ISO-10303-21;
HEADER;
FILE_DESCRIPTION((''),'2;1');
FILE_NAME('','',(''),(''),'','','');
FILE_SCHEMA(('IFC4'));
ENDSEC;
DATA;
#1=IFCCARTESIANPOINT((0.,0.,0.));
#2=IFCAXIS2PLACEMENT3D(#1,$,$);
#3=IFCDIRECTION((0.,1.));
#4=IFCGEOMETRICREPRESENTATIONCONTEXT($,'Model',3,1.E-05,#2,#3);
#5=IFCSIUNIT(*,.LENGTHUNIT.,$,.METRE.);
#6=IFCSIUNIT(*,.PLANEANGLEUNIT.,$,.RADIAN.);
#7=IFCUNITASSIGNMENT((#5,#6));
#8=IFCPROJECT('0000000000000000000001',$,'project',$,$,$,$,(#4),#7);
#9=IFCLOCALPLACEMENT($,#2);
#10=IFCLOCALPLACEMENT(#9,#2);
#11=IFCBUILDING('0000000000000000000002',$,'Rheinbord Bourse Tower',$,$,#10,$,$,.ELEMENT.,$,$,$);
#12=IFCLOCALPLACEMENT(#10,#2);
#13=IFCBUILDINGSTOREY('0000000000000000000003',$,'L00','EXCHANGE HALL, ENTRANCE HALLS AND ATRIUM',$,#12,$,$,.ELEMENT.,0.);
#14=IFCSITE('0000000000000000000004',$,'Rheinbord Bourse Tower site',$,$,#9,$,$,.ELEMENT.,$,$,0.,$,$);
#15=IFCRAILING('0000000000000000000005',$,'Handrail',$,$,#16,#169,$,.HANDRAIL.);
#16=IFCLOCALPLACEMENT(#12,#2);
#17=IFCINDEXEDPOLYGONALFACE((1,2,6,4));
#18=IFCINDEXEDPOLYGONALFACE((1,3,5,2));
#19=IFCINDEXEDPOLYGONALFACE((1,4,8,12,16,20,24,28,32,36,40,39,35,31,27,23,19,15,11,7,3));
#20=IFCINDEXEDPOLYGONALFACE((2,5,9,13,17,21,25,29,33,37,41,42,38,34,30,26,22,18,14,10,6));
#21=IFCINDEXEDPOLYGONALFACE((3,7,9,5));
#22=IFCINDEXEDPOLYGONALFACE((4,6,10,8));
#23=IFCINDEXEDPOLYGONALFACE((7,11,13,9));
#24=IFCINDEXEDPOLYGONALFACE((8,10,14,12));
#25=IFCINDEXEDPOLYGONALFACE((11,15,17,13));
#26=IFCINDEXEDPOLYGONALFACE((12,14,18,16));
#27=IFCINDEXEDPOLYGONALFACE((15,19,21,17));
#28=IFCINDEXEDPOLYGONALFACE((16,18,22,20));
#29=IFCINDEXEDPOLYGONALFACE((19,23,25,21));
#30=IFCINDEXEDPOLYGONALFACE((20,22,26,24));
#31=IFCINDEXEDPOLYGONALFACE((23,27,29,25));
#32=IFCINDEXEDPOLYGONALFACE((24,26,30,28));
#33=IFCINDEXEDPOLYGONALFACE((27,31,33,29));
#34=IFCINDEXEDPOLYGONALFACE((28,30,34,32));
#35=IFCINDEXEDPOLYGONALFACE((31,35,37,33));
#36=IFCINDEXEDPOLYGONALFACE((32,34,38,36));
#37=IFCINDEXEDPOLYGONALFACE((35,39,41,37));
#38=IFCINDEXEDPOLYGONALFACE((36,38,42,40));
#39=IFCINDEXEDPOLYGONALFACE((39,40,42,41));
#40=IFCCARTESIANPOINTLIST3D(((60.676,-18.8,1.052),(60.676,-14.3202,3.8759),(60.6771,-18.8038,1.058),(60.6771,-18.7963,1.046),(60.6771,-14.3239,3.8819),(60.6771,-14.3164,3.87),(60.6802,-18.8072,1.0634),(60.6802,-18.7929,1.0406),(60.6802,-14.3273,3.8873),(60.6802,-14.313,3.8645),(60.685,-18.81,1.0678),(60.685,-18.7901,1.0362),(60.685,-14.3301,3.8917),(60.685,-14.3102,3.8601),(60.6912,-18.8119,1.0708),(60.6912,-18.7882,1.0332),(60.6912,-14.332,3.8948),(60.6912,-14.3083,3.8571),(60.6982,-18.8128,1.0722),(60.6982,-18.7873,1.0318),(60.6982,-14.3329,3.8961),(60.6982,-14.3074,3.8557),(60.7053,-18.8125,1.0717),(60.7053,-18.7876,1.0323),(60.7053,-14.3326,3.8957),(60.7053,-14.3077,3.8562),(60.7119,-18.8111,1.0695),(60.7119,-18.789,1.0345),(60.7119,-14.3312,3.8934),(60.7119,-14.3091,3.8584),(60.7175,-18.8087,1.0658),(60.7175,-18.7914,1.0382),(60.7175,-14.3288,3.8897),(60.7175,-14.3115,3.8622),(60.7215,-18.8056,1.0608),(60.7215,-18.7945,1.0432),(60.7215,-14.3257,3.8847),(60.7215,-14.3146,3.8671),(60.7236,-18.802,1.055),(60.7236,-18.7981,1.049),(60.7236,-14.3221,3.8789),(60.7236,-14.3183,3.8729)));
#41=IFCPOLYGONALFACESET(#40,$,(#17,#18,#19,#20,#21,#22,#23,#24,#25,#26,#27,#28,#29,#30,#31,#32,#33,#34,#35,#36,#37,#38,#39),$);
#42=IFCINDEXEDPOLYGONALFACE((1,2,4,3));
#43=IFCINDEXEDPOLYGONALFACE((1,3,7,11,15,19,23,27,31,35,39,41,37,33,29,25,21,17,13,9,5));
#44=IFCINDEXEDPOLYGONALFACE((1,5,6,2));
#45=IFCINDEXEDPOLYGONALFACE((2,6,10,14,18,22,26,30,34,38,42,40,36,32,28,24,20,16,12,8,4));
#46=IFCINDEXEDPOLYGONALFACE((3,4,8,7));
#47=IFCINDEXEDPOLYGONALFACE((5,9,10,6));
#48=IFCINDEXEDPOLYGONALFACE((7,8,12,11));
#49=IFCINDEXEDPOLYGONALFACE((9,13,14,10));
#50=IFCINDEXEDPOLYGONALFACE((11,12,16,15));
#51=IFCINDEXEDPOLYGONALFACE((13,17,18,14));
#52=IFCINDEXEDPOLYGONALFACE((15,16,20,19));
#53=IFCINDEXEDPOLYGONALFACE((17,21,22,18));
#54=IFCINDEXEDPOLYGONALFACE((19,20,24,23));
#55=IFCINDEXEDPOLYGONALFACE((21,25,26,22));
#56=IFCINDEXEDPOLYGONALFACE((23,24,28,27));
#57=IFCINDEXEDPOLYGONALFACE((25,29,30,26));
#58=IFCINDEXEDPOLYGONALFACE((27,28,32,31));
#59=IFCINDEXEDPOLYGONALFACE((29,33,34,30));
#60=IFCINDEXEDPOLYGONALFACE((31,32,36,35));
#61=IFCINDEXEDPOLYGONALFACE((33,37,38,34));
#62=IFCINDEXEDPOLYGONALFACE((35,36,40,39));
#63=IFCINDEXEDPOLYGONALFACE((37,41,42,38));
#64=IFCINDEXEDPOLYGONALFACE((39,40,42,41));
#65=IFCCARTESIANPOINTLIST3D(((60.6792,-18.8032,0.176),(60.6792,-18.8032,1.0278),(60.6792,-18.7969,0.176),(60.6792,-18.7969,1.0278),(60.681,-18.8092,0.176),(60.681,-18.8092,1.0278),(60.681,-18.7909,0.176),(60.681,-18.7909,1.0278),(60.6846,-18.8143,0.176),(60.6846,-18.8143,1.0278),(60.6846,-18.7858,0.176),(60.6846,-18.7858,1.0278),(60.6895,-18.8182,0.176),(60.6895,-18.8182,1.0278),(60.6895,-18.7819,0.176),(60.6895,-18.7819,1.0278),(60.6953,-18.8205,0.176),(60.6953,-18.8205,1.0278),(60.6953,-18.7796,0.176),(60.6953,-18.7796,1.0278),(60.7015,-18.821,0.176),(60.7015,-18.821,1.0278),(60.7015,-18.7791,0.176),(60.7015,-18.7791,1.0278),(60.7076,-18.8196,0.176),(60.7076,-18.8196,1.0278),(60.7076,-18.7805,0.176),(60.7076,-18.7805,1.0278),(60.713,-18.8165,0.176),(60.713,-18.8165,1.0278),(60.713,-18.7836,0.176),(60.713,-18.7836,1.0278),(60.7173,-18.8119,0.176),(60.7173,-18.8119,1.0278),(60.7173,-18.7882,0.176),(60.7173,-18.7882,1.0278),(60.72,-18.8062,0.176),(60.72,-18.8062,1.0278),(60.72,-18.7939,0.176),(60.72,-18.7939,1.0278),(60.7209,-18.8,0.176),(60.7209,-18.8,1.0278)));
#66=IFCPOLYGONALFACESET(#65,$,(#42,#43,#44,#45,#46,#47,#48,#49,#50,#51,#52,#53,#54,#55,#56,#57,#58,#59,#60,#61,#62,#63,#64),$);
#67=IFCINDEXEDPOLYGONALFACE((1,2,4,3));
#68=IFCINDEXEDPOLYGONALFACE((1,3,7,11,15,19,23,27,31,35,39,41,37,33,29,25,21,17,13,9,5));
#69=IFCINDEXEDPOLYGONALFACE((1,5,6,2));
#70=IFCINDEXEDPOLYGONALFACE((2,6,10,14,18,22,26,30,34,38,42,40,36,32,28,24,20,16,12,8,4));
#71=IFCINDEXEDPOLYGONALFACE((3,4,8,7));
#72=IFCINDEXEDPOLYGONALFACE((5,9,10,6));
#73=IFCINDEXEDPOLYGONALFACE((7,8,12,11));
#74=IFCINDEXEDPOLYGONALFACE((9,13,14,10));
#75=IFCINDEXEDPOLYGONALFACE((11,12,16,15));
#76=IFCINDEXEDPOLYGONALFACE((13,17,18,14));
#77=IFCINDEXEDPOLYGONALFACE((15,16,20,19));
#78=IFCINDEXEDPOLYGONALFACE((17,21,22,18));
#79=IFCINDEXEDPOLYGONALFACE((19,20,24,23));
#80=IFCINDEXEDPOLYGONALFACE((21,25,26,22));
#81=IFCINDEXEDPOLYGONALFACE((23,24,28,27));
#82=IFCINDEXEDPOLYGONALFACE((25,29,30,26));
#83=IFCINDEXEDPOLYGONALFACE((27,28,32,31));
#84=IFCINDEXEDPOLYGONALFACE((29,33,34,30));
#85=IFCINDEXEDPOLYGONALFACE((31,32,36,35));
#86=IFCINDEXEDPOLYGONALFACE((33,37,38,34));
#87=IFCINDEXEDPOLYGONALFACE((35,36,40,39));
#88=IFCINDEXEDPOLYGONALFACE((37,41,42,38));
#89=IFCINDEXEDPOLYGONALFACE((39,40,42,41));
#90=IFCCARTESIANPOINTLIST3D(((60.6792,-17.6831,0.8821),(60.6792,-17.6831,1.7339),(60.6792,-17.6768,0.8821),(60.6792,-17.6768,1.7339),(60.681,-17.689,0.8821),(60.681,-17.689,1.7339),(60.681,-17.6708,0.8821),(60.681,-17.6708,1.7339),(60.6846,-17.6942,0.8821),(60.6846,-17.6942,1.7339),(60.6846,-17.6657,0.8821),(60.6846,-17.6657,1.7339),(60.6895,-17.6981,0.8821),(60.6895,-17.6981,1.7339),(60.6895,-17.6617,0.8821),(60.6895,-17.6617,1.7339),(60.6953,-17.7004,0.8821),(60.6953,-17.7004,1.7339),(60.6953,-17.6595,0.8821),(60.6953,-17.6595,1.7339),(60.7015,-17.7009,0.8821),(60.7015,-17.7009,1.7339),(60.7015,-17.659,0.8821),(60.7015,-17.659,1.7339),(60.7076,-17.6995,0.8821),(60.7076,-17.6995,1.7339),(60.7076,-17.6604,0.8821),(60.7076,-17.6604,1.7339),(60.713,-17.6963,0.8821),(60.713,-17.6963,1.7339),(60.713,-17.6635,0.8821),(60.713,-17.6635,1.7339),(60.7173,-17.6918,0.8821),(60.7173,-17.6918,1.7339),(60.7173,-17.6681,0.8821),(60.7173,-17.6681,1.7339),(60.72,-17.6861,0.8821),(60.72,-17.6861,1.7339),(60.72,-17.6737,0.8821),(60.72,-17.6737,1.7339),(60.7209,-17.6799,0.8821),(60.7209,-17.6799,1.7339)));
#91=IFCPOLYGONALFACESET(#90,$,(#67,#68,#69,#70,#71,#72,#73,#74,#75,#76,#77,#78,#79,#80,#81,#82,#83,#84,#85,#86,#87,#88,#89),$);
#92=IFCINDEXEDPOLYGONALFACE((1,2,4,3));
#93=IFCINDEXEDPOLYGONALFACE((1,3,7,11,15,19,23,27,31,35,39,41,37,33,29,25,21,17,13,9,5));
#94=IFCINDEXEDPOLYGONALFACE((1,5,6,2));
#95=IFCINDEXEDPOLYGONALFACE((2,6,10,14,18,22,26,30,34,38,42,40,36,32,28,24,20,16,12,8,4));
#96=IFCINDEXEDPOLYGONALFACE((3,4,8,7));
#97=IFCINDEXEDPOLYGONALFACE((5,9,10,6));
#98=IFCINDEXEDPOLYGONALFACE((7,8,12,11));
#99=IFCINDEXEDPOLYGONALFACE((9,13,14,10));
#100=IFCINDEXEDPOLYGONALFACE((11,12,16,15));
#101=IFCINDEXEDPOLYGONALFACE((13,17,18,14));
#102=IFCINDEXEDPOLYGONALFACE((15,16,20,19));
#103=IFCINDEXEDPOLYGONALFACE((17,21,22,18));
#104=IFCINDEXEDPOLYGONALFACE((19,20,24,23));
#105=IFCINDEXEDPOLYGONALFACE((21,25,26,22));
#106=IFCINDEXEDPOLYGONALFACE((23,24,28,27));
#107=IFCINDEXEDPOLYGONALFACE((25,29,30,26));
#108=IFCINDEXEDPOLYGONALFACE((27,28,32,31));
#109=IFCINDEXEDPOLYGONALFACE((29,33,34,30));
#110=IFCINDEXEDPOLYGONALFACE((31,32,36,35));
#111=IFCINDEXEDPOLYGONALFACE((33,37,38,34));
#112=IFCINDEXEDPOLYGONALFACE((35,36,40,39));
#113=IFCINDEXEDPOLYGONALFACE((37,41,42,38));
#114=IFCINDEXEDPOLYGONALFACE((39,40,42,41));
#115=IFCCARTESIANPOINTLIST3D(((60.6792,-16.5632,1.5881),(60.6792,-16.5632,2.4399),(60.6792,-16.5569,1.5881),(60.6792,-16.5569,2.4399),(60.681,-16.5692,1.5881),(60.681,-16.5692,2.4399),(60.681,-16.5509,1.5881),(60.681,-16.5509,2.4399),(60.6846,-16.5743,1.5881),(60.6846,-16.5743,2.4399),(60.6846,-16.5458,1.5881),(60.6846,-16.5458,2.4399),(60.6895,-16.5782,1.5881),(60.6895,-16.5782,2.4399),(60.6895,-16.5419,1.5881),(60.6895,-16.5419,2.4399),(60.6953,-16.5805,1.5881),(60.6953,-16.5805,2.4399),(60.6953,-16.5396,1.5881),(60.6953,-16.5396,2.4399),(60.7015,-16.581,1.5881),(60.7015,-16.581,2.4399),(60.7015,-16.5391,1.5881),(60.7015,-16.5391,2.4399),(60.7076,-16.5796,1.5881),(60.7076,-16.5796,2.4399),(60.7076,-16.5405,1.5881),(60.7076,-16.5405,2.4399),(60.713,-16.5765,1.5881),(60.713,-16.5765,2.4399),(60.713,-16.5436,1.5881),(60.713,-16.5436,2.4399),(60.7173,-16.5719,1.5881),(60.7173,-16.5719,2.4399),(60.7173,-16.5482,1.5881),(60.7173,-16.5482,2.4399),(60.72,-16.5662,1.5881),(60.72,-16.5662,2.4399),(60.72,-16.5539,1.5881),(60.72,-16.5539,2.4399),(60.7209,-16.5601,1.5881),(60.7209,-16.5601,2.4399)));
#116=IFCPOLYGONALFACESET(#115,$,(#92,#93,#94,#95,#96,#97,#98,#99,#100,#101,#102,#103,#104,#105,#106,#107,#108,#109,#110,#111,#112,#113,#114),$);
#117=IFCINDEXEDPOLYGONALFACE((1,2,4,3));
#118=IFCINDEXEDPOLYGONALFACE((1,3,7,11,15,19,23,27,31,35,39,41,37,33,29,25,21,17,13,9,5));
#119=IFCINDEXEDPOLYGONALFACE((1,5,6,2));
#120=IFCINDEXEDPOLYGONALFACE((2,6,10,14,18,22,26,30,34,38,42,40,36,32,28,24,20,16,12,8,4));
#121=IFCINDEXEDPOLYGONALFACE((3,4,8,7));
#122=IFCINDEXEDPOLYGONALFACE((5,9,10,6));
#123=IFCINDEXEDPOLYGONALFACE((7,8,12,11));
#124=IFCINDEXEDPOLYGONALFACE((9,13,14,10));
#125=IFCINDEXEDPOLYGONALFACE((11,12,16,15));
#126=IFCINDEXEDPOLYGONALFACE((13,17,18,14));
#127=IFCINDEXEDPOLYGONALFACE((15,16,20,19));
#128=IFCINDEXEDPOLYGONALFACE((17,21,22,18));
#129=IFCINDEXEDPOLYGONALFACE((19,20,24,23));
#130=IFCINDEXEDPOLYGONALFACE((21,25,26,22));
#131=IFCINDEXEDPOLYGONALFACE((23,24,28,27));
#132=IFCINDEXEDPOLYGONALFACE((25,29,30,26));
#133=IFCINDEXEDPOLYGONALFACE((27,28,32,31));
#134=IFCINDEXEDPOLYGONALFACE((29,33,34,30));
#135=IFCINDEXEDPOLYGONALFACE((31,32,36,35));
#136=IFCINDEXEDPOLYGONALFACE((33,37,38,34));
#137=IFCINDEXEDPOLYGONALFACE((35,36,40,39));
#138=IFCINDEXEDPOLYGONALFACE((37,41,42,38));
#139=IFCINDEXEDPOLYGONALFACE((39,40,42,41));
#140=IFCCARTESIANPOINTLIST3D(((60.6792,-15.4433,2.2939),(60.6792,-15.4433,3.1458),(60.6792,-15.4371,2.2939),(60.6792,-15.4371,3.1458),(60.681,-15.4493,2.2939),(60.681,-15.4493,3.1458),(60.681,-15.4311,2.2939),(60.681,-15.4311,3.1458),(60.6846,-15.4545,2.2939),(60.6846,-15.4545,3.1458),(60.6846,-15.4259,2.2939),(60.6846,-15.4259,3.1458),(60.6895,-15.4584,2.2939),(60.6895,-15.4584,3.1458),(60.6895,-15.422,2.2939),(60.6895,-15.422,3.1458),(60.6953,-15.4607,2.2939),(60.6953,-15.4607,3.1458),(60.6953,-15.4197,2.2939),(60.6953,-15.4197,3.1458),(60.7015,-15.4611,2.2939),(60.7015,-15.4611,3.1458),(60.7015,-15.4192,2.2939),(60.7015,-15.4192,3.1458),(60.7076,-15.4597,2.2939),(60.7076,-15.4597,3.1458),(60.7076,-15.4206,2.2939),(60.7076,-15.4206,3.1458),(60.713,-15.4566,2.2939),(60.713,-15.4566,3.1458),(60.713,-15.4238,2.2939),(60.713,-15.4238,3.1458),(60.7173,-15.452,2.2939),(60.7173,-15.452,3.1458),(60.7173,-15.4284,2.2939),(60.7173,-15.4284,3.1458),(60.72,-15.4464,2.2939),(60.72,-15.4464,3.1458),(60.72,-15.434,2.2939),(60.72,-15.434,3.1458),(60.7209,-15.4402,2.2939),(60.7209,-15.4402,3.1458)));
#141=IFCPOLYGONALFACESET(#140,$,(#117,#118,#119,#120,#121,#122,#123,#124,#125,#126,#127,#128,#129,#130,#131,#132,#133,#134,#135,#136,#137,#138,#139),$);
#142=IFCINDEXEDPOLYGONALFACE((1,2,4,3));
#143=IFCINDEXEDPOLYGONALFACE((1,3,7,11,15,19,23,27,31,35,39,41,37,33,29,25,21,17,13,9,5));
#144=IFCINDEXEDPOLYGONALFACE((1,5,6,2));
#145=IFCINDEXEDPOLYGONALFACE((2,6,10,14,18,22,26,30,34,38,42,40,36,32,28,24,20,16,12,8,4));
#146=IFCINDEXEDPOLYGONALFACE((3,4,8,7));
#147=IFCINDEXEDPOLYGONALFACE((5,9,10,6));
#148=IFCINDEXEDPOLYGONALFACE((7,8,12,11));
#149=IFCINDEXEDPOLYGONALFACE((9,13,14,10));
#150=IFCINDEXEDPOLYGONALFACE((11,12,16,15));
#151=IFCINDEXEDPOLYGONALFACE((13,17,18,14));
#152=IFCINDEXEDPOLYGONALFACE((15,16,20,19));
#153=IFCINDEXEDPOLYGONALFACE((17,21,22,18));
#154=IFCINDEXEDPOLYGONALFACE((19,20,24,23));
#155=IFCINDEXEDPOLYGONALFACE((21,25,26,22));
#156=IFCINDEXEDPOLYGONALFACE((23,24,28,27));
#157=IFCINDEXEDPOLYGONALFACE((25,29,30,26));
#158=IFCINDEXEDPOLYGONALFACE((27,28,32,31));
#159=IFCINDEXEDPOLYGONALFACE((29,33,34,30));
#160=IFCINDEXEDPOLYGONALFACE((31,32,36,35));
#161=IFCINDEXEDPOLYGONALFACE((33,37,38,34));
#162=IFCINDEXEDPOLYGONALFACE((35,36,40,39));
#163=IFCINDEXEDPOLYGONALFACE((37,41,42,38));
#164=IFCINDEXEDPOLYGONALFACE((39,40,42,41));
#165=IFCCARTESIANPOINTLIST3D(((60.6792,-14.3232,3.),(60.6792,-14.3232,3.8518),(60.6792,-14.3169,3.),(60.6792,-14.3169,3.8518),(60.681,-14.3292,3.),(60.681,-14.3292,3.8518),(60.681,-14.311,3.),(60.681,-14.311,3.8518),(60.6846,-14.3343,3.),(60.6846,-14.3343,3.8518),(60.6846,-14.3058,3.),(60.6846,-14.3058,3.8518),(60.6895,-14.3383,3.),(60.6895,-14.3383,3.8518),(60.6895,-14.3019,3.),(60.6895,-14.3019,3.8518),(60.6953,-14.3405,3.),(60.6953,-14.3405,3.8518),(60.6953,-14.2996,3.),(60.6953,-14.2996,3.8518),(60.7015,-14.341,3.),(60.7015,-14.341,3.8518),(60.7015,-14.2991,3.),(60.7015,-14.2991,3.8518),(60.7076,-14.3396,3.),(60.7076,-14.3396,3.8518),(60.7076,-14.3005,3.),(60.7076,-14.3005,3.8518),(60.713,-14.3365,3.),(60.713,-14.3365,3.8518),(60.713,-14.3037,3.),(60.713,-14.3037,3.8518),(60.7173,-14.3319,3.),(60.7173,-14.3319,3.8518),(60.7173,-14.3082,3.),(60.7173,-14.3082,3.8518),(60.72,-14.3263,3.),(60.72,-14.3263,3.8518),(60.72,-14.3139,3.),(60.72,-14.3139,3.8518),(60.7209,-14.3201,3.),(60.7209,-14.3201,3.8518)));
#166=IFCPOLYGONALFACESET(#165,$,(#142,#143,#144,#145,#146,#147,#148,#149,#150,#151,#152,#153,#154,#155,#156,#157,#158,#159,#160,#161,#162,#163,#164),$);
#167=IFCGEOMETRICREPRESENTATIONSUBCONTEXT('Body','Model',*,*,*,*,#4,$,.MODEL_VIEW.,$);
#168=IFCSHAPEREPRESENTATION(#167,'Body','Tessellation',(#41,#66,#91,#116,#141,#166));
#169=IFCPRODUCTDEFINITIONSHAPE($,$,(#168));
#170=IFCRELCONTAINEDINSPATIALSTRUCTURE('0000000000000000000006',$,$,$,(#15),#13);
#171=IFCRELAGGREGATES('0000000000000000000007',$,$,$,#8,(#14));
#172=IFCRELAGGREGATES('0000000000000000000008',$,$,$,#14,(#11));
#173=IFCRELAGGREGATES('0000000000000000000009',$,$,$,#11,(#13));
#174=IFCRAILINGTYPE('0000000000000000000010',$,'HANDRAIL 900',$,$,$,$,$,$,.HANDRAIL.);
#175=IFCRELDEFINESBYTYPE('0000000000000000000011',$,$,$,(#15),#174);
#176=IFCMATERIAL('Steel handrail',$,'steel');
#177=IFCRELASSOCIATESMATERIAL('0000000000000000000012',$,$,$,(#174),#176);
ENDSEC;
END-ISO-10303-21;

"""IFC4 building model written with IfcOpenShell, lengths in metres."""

from ifc_helpers import new_model, si_unit, direction, frame, origin, origin_2d, place, context, subcontext, project, spatial, circle, extrude, material, type_object, element, save


model = new_model("IFC4")

# Units and contexts
model_context = context("Model", 3, precision=1e-05, world=origin(), true_north=direction((0.0, 1.0)))
body_context = subcontext(model_context, "Body", "Model", "MODEL_VIEW")
ifc_project = project(units=[si_unit("LENGTHUNIT", "METRE"), si_unit("PLANEANGLEUNIT", "RADIAN")], contexts=[model_context])

# Site, building, storey
site_placement = place(None, origin())
site = spatial("IfcSite", under=ifc_project, at=site_placement, Name="Rheinbord Bourse Tower site", CompositionType="ELEMENT", RefElevation=0.0)
building_placement = place(site_placement, origin())
building = spatial("IfcBuilding", under=site, at=building_placement, Name="Rheinbord Bourse Tower", CompositionType="ELEMENT")
storey_placement = place(building_placement, origin())
storey = spatial("IfcBuildingStorey", under=building, at=storey_placement, Name="L00", Description="EXCHANGE HALL, ENTRANCE HALLS AND ATRIUM", CompositionType="ELEMENT", Elevation=0.0)

# Railing
ifc_material_1 = material(Name="Steel handrail", Category="steel")
railing_type = type_object("IfcRailingType", Name="HANDRAIL 900", PredefinedType="HANDRAIL", material=ifc_material_1)
railing_1_placement = place(storey_placement, frame((60.7, -18.8, 0.176)))
element("IfcRailing", 1, at=railing_1_placement, inside=storey, type_object=railing_type, Name="Handrail", PredefinedType="HANDRAIL", context=body_context, shape_type="SweptSolid", body=[
    extrude(circle(Radius=0.0239, at=origin_2d()), frame((0.0, 0.0, 0.876), z_axis=(0.0, 0.845956, 0.533252), x_axis=(-1.0, 0.0, 0.0)), (0.0, 0.0, 1.0), 5.2957),
    extrude(circle(Radius=0.021, at=origin_2d()), origin(), (0.0, 0.0, 1.0), 0.8518),
    extrude(circle(Radius=0.021, at=origin_2d()), frame((0.0, 1.1201, 0.7061)), (0.0, 0.0, 1.0), 0.8518),
    extrude(circle(Radius=0.021, at=origin_2d()), frame((0.0, 2.24, 1.4121)), (0.0, 0.0, 1.0), 0.8518),
    extrude(circle(Radius=0.021, at=origin_2d()), frame((0.0, 3.3599, 2.1179)), (0.0, 0.0, 1.0), 0.8518),
    extrude(circle(Radius=0.021, at=origin_2d()), frame((0.0, 4.48, 2.824)), (0.0, 0.0, 1.0), 0.8518),
])

save(model, "model.ifc")
